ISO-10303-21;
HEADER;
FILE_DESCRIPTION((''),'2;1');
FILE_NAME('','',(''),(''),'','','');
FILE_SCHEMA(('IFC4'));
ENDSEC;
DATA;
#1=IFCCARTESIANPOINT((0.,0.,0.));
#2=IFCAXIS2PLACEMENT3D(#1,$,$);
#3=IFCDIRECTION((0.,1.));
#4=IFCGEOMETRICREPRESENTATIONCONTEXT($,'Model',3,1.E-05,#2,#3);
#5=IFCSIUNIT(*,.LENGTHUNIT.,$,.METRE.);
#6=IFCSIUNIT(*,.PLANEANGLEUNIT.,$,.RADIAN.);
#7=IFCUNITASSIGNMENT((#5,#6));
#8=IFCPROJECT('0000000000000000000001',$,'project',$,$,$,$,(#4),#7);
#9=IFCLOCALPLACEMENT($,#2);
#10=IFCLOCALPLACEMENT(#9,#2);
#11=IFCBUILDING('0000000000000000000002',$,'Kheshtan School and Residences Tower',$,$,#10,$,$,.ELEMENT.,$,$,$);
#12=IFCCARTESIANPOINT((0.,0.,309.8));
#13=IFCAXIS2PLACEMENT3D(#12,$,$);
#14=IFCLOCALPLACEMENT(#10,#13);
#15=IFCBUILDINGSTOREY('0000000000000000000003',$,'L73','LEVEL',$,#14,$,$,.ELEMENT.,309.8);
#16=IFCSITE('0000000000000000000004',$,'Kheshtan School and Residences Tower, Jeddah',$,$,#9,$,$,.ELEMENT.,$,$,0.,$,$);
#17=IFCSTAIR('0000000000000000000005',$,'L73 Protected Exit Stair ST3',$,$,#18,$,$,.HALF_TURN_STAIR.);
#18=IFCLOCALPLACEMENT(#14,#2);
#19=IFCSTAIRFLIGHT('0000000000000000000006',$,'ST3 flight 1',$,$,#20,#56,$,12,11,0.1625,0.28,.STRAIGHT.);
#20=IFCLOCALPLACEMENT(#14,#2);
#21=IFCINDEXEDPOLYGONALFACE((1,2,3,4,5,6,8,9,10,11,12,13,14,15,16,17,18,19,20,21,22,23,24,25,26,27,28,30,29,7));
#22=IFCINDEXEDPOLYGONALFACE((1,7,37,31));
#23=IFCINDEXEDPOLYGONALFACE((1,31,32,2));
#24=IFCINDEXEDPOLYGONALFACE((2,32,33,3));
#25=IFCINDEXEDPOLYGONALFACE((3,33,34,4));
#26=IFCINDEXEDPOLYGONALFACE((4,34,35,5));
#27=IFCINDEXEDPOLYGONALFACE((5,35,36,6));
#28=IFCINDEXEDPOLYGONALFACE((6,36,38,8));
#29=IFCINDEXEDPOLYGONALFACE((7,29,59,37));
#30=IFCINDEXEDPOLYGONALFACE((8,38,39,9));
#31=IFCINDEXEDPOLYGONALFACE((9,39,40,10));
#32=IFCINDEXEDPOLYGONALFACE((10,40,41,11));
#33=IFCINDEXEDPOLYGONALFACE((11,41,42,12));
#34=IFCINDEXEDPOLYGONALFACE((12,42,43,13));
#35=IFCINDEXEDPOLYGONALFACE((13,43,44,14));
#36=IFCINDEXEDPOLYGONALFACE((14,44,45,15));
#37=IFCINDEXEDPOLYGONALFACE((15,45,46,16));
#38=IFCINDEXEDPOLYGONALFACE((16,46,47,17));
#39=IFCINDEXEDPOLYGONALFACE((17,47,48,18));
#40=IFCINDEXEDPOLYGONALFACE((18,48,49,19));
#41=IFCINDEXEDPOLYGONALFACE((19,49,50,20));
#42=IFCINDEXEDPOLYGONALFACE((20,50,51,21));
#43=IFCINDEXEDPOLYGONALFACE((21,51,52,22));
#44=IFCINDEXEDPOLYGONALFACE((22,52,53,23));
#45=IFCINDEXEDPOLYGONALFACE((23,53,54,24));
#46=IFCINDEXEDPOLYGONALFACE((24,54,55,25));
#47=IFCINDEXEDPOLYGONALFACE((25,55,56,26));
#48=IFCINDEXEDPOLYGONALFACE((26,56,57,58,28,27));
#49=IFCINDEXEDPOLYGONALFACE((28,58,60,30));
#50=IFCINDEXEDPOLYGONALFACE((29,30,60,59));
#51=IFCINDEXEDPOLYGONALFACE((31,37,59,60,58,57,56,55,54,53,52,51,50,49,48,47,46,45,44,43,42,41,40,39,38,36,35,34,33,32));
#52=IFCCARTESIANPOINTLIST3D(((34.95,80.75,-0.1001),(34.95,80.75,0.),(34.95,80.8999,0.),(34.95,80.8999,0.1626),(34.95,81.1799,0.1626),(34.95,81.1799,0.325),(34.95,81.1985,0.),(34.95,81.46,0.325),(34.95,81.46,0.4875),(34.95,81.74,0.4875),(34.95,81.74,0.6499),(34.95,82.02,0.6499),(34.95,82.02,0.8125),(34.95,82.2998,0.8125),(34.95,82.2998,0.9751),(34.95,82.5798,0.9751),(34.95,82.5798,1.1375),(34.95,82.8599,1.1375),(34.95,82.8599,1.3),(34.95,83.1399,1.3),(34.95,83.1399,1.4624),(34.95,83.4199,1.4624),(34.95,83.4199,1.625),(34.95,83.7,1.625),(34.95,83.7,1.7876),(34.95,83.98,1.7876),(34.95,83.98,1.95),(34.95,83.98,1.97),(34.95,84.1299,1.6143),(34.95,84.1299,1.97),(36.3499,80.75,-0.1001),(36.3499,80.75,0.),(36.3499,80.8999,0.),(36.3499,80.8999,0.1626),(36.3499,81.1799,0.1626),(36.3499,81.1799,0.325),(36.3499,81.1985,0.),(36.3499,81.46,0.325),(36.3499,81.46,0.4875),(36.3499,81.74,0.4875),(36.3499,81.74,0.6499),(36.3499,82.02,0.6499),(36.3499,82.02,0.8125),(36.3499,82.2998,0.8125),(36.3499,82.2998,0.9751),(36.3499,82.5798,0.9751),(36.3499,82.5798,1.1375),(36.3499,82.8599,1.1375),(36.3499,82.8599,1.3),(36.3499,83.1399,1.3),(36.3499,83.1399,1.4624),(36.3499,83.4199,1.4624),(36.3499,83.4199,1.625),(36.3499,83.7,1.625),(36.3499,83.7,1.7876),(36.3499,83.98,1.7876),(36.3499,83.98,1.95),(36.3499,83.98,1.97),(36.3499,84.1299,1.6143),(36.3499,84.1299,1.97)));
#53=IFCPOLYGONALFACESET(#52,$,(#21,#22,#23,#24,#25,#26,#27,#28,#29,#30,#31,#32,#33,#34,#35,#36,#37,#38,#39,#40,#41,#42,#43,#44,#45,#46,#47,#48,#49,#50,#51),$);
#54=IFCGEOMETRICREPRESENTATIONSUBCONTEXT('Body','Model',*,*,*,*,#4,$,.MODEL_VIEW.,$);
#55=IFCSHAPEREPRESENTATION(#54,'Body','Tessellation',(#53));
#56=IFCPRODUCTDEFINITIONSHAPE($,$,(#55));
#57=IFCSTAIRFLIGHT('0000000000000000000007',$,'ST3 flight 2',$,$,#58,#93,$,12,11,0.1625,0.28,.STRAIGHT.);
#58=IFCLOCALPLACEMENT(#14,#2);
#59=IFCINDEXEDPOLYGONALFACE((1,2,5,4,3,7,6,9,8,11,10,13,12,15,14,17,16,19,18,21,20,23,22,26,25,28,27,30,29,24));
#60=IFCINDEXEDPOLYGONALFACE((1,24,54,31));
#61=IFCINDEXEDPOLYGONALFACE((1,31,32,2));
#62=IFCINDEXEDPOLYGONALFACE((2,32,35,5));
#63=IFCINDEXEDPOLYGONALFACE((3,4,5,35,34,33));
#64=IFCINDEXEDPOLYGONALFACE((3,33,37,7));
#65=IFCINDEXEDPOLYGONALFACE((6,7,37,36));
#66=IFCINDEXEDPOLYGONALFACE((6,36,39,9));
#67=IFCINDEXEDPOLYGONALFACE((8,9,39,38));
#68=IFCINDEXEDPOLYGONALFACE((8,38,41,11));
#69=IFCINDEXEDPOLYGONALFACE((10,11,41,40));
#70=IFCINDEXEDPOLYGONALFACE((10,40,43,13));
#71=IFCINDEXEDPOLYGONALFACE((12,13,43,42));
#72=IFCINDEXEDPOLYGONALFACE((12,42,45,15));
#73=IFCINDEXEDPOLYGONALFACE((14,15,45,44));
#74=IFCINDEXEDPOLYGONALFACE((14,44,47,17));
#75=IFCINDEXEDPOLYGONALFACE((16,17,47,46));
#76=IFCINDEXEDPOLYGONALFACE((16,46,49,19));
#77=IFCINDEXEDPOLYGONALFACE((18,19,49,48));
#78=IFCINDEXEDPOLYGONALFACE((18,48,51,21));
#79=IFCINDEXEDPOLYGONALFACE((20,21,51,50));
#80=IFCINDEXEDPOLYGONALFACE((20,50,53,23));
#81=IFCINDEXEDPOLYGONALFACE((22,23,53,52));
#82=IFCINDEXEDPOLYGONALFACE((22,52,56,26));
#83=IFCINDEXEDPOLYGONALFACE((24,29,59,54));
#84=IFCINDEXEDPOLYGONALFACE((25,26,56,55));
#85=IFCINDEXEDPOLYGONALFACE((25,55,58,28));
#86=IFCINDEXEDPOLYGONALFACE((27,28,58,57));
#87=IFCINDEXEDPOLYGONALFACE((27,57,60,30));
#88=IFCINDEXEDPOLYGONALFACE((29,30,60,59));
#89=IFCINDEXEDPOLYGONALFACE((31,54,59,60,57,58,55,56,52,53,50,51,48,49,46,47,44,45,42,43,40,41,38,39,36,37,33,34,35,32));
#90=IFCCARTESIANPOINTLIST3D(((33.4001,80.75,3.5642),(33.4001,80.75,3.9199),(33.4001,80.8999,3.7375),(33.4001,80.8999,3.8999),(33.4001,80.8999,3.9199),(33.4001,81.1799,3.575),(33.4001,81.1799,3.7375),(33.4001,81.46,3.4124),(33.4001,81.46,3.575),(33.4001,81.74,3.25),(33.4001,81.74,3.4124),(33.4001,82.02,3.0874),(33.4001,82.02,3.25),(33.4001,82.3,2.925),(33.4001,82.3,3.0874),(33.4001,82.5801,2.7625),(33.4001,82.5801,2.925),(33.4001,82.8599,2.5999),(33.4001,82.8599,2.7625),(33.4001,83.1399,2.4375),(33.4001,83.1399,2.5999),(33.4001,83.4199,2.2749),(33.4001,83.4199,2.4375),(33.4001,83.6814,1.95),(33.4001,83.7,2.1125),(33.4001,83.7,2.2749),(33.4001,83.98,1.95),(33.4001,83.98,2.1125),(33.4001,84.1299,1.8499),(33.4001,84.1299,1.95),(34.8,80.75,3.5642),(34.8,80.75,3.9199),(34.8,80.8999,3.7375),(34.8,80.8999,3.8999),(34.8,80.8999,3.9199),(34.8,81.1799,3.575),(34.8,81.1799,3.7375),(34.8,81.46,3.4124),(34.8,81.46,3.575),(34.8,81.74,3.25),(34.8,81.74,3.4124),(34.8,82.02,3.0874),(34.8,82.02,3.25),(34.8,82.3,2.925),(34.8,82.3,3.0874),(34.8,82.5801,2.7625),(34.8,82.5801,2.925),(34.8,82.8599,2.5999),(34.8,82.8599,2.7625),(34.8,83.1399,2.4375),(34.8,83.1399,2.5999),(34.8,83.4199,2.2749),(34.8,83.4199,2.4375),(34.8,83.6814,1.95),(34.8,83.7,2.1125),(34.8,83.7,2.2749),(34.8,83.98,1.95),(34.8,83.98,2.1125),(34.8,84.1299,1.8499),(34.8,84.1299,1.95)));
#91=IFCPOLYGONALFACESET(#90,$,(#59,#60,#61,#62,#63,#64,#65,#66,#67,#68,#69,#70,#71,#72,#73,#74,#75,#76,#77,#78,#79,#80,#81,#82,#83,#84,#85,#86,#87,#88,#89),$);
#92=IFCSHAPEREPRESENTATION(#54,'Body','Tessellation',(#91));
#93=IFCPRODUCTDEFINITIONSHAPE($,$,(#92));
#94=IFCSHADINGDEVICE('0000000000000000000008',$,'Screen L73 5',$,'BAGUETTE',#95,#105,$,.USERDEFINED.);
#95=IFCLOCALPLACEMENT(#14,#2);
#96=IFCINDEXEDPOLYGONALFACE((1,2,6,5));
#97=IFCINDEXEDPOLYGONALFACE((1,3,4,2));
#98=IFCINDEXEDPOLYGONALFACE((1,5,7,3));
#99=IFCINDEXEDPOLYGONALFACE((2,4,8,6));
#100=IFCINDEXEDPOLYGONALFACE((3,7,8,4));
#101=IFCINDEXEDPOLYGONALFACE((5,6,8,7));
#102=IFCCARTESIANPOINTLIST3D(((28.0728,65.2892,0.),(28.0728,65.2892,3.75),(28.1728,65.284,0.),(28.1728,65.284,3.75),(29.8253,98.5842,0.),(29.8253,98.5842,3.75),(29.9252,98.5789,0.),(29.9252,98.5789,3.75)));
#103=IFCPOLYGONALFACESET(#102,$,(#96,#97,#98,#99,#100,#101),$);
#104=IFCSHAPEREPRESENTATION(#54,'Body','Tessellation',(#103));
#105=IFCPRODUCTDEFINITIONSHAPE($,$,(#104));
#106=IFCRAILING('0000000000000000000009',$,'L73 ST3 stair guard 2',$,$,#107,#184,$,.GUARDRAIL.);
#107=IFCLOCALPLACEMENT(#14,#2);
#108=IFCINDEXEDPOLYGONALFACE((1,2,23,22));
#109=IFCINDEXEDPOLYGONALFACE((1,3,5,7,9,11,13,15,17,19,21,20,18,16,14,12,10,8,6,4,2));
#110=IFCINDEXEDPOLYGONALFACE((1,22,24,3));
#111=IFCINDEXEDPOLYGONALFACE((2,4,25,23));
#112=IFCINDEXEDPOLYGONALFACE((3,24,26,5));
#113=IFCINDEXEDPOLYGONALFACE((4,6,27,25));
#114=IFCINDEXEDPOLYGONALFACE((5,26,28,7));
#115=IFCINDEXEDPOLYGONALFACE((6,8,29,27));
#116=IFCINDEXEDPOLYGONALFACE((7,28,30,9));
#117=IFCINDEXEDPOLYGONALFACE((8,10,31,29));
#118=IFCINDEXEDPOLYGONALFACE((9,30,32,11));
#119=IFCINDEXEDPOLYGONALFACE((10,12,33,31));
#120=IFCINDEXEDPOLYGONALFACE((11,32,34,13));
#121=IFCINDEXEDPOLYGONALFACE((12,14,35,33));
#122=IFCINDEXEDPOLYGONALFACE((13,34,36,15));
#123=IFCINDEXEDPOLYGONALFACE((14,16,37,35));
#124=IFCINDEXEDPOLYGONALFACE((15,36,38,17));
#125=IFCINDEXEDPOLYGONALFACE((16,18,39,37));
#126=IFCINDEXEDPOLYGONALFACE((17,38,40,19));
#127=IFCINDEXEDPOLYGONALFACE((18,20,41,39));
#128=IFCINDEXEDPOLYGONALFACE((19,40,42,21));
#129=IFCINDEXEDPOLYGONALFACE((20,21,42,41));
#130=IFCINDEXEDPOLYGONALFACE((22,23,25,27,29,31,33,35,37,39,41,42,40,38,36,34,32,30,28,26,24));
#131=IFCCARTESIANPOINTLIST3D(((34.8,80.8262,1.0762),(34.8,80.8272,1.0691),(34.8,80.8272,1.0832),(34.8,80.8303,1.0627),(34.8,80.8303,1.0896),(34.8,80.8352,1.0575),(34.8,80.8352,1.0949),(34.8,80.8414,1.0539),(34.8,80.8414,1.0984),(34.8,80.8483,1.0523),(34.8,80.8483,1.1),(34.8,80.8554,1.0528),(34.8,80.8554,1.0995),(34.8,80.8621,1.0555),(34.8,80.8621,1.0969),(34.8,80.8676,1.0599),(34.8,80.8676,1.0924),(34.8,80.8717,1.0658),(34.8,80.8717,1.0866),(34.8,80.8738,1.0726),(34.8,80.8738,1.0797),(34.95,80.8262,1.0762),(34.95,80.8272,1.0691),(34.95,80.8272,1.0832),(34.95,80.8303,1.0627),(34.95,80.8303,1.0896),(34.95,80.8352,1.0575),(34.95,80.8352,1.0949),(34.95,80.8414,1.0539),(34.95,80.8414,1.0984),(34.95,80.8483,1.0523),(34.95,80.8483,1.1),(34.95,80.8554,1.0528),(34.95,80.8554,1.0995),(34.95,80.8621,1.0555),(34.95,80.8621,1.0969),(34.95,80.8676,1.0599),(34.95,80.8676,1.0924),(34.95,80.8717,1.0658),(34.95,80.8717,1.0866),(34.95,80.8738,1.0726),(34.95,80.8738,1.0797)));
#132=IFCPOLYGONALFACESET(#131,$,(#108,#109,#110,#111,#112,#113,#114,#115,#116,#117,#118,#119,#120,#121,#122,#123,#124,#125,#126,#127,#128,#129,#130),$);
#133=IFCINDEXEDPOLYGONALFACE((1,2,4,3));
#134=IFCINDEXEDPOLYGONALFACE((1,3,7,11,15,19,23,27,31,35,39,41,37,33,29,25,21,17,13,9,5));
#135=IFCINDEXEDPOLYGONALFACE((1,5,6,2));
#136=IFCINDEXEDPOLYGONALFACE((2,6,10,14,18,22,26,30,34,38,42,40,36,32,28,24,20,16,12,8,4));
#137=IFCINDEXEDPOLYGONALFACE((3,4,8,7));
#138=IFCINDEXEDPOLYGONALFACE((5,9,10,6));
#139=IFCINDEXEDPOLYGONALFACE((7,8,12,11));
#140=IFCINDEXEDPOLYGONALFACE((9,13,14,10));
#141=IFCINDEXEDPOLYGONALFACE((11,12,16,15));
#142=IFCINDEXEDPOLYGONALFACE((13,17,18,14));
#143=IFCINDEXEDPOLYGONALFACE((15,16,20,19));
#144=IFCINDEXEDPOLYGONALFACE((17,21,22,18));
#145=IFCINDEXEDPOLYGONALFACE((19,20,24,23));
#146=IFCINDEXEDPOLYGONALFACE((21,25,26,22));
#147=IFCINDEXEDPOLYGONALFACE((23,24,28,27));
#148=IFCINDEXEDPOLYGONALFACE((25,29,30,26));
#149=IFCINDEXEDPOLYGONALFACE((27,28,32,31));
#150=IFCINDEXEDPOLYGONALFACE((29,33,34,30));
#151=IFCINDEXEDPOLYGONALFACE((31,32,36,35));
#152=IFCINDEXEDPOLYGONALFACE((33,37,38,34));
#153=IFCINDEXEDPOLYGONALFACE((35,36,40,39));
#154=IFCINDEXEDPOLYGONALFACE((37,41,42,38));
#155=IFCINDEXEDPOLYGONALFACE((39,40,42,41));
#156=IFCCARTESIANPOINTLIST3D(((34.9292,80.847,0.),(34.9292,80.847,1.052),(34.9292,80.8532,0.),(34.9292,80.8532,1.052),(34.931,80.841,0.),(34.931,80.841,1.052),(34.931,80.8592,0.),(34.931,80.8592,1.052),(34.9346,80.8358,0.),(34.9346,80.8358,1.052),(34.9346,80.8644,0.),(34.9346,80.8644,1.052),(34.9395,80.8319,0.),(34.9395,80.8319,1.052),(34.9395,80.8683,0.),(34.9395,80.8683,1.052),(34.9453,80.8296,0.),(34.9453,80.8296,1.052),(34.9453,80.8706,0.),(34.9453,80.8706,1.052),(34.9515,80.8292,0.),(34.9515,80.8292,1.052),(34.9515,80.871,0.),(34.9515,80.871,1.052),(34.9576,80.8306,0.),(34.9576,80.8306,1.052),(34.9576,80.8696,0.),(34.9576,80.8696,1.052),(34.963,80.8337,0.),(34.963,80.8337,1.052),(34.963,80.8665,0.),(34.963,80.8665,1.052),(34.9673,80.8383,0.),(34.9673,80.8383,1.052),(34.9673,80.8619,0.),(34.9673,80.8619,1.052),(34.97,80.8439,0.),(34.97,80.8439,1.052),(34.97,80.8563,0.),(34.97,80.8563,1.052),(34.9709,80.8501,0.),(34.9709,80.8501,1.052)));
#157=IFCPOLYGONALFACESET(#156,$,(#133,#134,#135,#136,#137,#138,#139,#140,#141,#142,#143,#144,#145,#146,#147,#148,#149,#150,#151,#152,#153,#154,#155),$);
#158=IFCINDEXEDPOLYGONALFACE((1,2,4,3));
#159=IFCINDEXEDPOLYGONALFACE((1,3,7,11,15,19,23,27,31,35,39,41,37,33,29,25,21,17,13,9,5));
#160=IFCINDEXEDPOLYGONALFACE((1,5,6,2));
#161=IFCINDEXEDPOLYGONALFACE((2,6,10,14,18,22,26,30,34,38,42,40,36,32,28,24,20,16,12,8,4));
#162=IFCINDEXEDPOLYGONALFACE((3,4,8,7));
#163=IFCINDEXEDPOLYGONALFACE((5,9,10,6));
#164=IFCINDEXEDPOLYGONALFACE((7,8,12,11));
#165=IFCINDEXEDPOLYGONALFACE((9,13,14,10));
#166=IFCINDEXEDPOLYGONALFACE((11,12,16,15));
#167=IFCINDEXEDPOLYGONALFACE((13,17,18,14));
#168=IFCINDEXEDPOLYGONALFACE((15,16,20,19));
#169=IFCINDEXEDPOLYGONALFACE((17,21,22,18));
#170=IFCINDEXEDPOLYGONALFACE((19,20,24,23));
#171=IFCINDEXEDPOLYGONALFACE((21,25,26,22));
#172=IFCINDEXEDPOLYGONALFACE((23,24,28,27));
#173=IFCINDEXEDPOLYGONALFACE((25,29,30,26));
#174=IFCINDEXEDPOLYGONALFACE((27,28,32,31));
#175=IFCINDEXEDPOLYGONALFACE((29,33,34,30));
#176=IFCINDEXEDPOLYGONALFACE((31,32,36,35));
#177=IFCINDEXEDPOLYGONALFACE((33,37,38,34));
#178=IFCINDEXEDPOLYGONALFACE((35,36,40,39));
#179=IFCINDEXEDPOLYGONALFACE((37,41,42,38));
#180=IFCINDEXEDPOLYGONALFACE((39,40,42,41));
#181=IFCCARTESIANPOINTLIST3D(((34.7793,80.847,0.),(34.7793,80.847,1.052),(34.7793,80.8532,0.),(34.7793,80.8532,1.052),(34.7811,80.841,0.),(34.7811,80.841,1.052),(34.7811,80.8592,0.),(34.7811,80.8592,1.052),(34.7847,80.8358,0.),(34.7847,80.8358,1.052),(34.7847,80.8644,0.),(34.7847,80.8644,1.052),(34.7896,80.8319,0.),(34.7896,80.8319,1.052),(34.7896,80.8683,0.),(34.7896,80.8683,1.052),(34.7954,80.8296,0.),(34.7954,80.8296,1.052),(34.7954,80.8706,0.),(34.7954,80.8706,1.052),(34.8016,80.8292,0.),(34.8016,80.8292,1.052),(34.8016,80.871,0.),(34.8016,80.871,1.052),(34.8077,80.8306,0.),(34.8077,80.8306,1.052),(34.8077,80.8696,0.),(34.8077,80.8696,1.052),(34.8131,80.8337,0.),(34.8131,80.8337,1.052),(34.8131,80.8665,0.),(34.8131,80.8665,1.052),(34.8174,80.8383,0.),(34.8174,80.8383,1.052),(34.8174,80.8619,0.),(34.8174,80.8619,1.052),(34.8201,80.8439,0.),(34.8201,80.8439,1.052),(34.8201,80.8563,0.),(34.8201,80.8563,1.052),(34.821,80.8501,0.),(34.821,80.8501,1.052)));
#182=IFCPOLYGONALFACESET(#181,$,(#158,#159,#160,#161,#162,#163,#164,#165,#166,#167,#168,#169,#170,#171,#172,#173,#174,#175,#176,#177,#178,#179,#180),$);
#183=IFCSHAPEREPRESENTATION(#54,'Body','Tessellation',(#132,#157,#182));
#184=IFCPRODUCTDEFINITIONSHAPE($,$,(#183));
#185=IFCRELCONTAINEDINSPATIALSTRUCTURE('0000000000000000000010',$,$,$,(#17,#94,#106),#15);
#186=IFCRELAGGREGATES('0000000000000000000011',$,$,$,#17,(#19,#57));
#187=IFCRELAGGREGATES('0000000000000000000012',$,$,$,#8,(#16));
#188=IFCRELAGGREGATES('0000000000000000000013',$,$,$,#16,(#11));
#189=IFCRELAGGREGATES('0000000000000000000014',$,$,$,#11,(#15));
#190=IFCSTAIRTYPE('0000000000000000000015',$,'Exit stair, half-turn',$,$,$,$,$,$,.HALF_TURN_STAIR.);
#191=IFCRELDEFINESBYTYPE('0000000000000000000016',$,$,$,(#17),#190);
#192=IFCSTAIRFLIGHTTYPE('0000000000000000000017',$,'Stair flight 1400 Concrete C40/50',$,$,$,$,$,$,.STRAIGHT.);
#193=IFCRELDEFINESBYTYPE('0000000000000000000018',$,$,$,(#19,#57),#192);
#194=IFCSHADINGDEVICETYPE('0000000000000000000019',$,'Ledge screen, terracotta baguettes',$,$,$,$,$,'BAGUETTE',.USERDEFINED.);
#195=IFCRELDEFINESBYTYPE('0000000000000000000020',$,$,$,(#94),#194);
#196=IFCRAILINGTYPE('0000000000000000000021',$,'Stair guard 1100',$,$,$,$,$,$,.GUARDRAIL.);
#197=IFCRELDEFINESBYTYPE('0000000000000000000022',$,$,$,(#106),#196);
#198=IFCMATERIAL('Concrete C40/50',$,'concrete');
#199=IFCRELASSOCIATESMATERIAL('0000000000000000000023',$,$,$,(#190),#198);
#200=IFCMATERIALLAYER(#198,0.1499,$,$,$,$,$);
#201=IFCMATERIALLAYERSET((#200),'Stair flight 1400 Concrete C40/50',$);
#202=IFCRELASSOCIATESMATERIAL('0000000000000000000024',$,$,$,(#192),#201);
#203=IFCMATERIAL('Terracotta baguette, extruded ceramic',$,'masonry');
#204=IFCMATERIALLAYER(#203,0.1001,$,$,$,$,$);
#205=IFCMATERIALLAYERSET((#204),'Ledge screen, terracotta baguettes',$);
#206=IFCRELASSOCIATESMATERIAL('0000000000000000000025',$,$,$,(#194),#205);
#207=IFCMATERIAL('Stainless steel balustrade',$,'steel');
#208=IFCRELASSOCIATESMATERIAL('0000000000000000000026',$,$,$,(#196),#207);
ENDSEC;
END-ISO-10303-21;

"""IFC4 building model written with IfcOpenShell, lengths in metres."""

from ifc_helpers import new_model, si_unit, direction, frame, origin, origin_2d, place, context, subcontext, project, spatial, polyline, rectangle, circle, outline, extrude, material, layer, layer_set, type_object, element, aggregate, save


model = new_model("IFC4")

# Units and contexts
model_context = context("Model", 3, precision=1e-05, world=origin(), true_north=direction((0.0, 1.0)))
body_context = subcontext(model_context, "Body", "Model", "MODEL_VIEW")
ifc_project = project(units=[si_unit("LENGTHUNIT", "METRE"), si_unit("PLANEANGLEUNIT", "RADIAN")], contexts=[model_context])

# Site, building, storey
site_placement = place(None, origin())
site = spatial("IfcSite", under=ifc_project, at=site_placement, Name="Kheshtan School and Residences Tower, Jeddah", CompositionType="ELEMENT", RefElevation=0.0)
building_placement = place(site_placement, origin())
building = spatial("IfcBuilding", under=site, at=building_placement, Name="Kheshtan School and Residences Tower", CompositionType="ELEMENT")
storey_placement = place(building_placement, frame((0.0, 0.0, 309.8)))
storey = spatial("IfcBuildingStorey", under=building, at=storey_placement, Name="L73", Description="LEVEL", CompositionType="ELEMENT", Elevation=309.8)

# Shared definitions
ifc_material_1 = material(Name="Concrete C40/50", Category="concrete")

# Stair, stair flights
stair_type = type_object("IfcStairType", Name="Exit stair, half-turn", PredefinedType="HALF_TURN_STAIR", material=ifc_material_1)
stair_placement = place(storey_placement, origin())
stair = element("IfcStair", 1, at=stair_placement, inside=storey, type_object=stair_type, Name="L73 Protected Exit Stair ST3", PredefinedType="HALF_TURN_STAIR")
ifc_layer_1 = layer(ifc_material_1, 0.1499)
ifc_layer_set_1 = layer_set([ifc_layer_1], Name="Stair flight 1400 Concrete C40/50")
stair_flight_type = type_object("IfcStairFlightType", Name="Stair flight 1400 Concrete C40/50", PredefinedType="STRAIGHT", material=ifc_layer_set_1)
stair_flight_1_placement = place(storey_placement, frame((35.6499, 80.8999, 0.0), z_axis=(0.0, 0.0, 1.0), x_axis=(0.0, 1.0, 0.0)))
stair_flight_1 = element("IfcStairFlight", 2, at=stair_flight_1_placement, type_object=stair_flight_type, Name="ST3 flight 1", NumberOfRisers=12, NumberOfTreads=11, PredefinedType="STRAIGHT", RiserHeight=0.1625, TreadLength=0.28, context=body_context, shape_type="SweptSolid", body=[
    extrude(outline(polyline([(-0.1499, -0.1001), (-0.1499, 0.0), (0.0, 0.0), (0.0, 0.1626), (0.28, 0.1626), (0.28, 0.325), (0.5601, 0.325), (0.5601, 0.4875), (0.8401, 0.4875), (0.8401, 0.6499), (1.1201, 0.6499), (1.1201, 0.8125), (1.3999, 0.8125), (1.3999, 0.9751), (1.6799, 0.9751), (1.6799, 1.1375), (1.96, 1.1375), (1.96, 1.3), (2.24, 1.3), (2.24, 1.4624), (2.52, 1.4624), (2.52, 1.625), (2.8, 1.625), (2.8, 1.7876), (3.0801, 1.7876), (3.0801, 1.95), (3.0801, 1.97), (3.23, 1.97), (3.23, 1.6143), (0.2986, 0.0), (-0.1499, -0.1001)])), frame((0.0, 0.7, 0.0), z_axis=(0.0, -1.0, 0.0), x_axis=(1.0, 0.0, 0.0)), (0.0, 0.0, 1.0), 1.3999),
])
stair_flight_2_placement = place(storey_placement, frame((34.1001, 83.98, 1.95), z_axis=(0.0, 0.0, 1.0), x_axis=(0.0, -1.0, 0.0)))
stair_flight_2 = element("IfcStairFlight", 3, at=stair_flight_2_placement, type_object=stair_flight_type, Name="ST3 flight 2", NumberOfRisers=12, NumberOfTreads=11, PredefinedType="STRAIGHT", RiserHeight=0.1625, TreadLength=0.28, context=body_context, shape_type="SweptSolid", body=[
    extrude(outline(polyline([(-0.1499, -0.1001), (-0.1499, 0.0), (0.0, 0.0), (0.0, 0.1626), (0.28, 0.1626), (0.28, 0.325), (0.5601, 0.325), (0.5601, 0.4875), (0.8401, 0.4875), (0.8401, 0.6499), (1.1201, 0.6499), (1.1201, 0.8125), (1.3999, 0.8125), (1.3999, 0.9751), (1.6799, 0.9751), (1.6799, 1.1375), (1.96, 1.1375), (1.96, 1.3), (2.24, 1.3), (2.24, 1.4624), (2.52, 1.4624), (2.52, 1.625), (2.8, 1.625), (2.8, 1.7876), (3.0801, 1.7876), (3.0801, 1.95), (3.0801, 1.97), (3.23, 1.97), (3.23, 1.6143), (0.2986, 0.0), (-0.1499, -0.1001)])), frame((0.0, 0.7, 0.0), z_axis=(0.0, -1.0, 0.0), x_axis=(1.0, 0.0, 0.0)), (0.0, 0.0, 1.0), 1.3999),
])
aggregate(stair, [stair_flight_1, stair_flight_2])

# Shading device
ifc_material_2 = material(Name="Terracotta baguette, extruded ceramic", Category="masonry")
ifc_layer_2 = layer(ifc_material_2, 0.1001)
ifc_layer_set_2 = layer_set([ifc_layer_2], Name="Ledge screen, terracotta baguettes")
shading_device_type = type_object("IfcShadingDeviceType", Name="Ledge screen, terracotta baguettes", ElementType="BAGUETTE", PredefinedType="USERDEFINED", material=ifc_layer_set_2)
shading_device_placement = place(storey_placement, frame((28.999, 81.9341, 0.0), z_axis=(0.0, 0.0, 1.0), x_axis=(0.052563, 0.998618, 0.0)))
element("IfcShadingDevice", 4, at=shading_device_placement, inside=storey, type_object=shading_device_type, Name="Screen L73 5", ObjectType="BAGUETTE", PredefinedType="USERDEFINED", context=body_context, shape_type="SweptSolid", body=[
    extrude(rectangle(XDim=33.3411, YDim=0.1001, at=origin_2d()), origin(), (0.0, 0.0, 1.0), 3.75),
])

# Railing
ifc_material_3 = material(Name="Stainless steel balustrade", Category="steel")
railing_type_1 = type_object("IfcRailingType", Name="Stair guard 1100", PredefinedType="GUARDRAIL", material=ifc_material_3)
railing_1_placement = place(storey_placement, frame((34.95, 80.8501, 0.0)))
element("IfcRailing", 5, at=railing_1_placement, inside=storey, type_object=railing_type_1, Name="L73 ST3 stair guard 2", PredefinedType="GUARDRAIL", context=body_context, shape_type="SweptSolid", body=[
    extrude(circle(Radius=0.0239, at=origin_2d()), frame((0.0, 0.0, 1.0762), z_axis=(-1.0, 0.0, 0.0), x_axis=(0.0, -1.0, 0.0)), (0.0, 0.0, 1.0), 0.1499),
    extrude(circle(Radius=0.021, at=origin_2d()), origin(), (0.0, 0.0, 1.0), 1.052),
    extrude(circle(Radius=0.021, at=origin_2d()), frame((-0.1499, 0.0, 0.0)), (0.0, 0.0, 1.0), 1.052),
])

save(model, "model.ifc")
